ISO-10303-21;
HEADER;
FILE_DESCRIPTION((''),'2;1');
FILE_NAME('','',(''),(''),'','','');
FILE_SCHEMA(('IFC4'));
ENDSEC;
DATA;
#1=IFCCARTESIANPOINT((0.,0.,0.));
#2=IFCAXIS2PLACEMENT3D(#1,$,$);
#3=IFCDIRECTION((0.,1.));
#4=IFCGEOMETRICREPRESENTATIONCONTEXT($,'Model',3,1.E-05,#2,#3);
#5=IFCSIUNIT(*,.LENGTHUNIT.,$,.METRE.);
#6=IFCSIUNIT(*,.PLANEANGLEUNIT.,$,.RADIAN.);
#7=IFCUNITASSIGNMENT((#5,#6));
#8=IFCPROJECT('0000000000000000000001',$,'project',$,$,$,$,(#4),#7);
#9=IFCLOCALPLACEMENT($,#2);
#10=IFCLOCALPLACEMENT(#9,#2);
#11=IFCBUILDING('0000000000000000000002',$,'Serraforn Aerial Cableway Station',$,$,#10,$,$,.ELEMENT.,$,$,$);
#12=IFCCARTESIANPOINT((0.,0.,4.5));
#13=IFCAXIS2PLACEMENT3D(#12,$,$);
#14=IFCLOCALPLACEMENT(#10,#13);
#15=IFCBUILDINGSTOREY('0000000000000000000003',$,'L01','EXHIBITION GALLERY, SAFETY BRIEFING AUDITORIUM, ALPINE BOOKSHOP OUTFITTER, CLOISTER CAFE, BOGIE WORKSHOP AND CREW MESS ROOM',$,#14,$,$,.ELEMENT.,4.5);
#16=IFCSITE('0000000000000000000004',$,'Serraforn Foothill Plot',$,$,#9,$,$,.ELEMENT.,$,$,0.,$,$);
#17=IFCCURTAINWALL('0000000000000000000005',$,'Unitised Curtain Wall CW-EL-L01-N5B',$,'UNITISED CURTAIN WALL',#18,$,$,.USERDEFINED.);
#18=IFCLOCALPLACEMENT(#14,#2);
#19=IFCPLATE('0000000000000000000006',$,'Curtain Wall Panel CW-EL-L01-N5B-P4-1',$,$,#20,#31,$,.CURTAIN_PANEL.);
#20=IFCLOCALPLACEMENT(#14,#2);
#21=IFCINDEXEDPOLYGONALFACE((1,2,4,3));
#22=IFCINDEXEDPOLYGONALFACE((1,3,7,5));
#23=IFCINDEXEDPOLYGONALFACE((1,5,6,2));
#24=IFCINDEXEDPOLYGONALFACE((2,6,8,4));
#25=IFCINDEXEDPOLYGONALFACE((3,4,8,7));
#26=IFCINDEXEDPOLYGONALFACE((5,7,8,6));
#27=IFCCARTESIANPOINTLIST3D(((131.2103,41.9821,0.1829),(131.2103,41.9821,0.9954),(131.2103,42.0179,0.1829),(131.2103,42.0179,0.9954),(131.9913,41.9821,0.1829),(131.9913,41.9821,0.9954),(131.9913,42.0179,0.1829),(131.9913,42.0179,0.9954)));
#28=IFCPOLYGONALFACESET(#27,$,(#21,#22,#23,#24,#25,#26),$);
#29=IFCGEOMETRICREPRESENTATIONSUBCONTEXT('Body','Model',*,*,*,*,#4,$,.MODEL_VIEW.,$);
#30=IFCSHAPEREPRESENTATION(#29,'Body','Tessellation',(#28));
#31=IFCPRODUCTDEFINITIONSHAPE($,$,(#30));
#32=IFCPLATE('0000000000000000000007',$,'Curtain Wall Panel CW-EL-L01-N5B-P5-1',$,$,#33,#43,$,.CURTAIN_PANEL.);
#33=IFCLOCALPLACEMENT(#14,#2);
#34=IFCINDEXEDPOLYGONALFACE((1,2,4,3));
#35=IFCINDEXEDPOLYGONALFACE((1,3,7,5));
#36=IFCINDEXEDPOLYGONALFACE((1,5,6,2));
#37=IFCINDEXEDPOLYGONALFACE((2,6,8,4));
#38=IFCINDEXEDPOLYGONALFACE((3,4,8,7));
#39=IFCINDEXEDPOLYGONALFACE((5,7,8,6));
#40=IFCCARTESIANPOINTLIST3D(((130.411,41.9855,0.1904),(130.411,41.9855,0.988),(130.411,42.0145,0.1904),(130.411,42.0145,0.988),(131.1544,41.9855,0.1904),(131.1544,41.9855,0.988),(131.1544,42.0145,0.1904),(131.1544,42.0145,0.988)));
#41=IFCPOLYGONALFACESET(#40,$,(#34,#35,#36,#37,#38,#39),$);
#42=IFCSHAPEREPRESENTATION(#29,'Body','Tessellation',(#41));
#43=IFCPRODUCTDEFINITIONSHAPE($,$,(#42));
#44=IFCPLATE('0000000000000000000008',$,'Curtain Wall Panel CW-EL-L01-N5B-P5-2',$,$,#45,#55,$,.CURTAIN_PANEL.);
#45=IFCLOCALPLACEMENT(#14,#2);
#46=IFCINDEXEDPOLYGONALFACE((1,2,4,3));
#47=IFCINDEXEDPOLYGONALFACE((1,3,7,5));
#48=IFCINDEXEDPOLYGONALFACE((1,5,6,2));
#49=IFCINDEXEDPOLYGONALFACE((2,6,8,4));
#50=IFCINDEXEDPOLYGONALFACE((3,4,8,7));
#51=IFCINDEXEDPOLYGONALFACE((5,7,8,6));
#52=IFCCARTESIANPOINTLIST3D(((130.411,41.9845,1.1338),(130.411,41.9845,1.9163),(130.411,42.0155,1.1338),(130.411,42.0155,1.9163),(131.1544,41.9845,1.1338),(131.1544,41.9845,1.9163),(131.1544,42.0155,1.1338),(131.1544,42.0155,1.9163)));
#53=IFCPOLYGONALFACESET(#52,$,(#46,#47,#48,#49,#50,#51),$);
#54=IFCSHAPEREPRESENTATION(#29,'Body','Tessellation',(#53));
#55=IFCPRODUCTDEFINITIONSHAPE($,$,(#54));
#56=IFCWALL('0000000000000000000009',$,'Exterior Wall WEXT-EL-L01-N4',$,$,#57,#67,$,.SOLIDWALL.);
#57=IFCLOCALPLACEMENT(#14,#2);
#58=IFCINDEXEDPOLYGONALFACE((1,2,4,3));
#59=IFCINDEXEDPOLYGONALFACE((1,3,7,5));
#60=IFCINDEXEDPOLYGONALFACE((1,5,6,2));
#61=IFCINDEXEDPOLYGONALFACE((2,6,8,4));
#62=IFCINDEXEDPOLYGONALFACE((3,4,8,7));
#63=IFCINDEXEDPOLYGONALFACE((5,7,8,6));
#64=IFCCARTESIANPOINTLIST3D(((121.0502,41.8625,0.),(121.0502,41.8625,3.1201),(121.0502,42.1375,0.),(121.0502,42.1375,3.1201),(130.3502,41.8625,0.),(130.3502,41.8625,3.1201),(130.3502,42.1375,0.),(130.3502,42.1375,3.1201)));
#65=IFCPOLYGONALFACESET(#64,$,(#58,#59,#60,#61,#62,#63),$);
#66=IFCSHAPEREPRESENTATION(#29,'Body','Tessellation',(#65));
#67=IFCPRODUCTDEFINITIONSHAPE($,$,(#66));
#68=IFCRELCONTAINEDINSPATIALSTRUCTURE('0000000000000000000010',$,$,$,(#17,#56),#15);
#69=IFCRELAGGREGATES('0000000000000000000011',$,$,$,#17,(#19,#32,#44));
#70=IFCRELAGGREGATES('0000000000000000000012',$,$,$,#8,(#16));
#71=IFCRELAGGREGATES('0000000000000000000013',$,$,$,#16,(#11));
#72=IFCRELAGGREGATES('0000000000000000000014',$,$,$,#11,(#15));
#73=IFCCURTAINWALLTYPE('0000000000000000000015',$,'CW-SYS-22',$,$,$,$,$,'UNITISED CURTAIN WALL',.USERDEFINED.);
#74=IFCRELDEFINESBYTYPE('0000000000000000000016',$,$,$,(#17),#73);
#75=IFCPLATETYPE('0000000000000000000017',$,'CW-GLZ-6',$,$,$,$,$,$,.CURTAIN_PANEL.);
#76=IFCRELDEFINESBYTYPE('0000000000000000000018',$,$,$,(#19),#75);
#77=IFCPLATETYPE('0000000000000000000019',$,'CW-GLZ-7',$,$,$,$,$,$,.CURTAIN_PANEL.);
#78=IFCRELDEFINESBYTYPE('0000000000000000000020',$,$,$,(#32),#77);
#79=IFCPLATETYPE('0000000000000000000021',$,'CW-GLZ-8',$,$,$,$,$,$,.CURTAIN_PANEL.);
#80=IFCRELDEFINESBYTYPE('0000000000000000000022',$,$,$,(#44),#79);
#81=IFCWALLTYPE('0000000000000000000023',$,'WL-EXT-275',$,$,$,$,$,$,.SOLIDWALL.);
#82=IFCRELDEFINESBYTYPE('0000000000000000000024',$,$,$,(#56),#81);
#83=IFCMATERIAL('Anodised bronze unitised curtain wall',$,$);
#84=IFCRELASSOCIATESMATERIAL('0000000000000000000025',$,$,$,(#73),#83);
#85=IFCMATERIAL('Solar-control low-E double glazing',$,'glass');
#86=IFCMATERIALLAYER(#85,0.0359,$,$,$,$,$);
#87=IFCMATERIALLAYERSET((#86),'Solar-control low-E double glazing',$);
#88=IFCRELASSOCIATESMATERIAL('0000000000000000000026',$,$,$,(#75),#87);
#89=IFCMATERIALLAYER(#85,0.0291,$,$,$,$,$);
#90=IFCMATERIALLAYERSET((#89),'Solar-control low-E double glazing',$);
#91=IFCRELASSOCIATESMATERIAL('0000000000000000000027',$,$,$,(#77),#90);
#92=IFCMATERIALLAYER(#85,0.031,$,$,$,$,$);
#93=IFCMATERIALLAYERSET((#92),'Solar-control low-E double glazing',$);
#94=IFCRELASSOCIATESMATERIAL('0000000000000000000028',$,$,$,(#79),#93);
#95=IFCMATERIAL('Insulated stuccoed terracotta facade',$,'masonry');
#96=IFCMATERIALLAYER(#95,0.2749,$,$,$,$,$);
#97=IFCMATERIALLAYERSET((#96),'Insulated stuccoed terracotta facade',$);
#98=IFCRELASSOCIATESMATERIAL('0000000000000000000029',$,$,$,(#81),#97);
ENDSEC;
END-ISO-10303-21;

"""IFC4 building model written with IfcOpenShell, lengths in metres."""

from ifc_helpers import new_model, si_unit, direction, frame, frame_2d, origin, origin_2d, place, context, subcontext, project, spatial, rectangle, extrude, material, layer, layer_set, type_object, element, aggregate, save


model = new_model("IFC4")

# Units and contexts
model_context = context("Model", 3, precision=1e-05, world=origin(), true_north=direction((0.0, 1.0)))
body_context = subcontext(model_context, "Body", "Model", "MODEL_VIEW")
ifc_project = project(units=[si_unit("LENGTHUNIT", "METRE"), si_unit("PLANEANGLEUNIT", "RADIAN")], contexts=[model_context])

# Site, building, storey
site_placement = place(None, origin())
site = spatial("IfcSite", under=ifc_project, at=site_placement, Name="Serraforn Foothill Plot", CompositionType="ELEMENT", RefElevation=0.0)
building_placement = place(site_placement, origin())
building = spatial("IfcBuilding", under=site, at=building_placement, Name="Serraforn Aerial Cableway Station", CompositionType="ELEMENT")
storey_placement = place(building_placement, frame((0.0, 0.0, 4.5)))
storey = spatial("IfcBuildingStorey", under=building, at=storey_placement, Name="L01", Description="EXHIBITION GALLERY, SAFETY BRIEFING AUDITORIUM, ALPINE BOOKSHOP OUTFITTER, CLOISTER CAFE, BOGIE WORKSHOP AND CREW MESS ROOM", CompositionType="ELEMENT", Elevation=4.5)

# Curtain wall
ifc_material_1 = material(Name="Anodised bronze unitised curtain wall")
curtain_wall_type_1 = type_object("IfcCurtainWallType", Name="CW-SYS-22", ElementType="UNITISED CURTAIN WALL", PredefinedType="USERDEFINED", material=ifc_material_1)
curtain_wall_1_placement = place(storey_placement, origin())
curtain_wall_1 = element("IfcCurtainWall", 1, at=curtain_wall_1_placement, inside=storey, type_object=curtain_wall_type_1, Name="Unitised Curtain Wall CW-EL-L01-N5B", ObjectType="UNITISED CURTAIN WALL", PredefinedType="USERDEFINED")

# Plates
ifc_material_2 = material(Name="Solar-control low-E double glazing", Category="glass")
ifc_layer_1 = layer(ifc_material_2, 0.0359)
ifc_layer_set_1 = layer_set([ifc_layer_1], Name="Solar-control low-E double glazing")
plate_type_1 = type_object("IfcPlateType", Name="CW-GLZ-6", PredefinedType="CURTAIN_PANEL", material=ifc_layer_set_1)
plate_1_placement = place(storey_placement, frame((131.6008, 42.0, 0.1829), z_axis=(0.0, 0.0, 1.0), x_axis=(1.0, 0.0, 0.0)))
plate_1 = element("IfcPlate", 2, at=plate_1_placement, type_object=plate_type_1, Name="Curtain Wall Panel CW-EL-L01-N5B-P4-1", PredefinedType="CURTAIN_PANEL", context=body_context, shape_type="SweptSolid", body=[
    extrude(rectangle(XDim=0.781, YDim=0.0359, at=origin_2d()), origin(), (0.0, 0.0, 1.0), 0.8125),
])
ifc_layer_2 = layer(ifc_material_2, 0.0291)
ifc_layer_set_2 = layer_set([ifc_layer_2], Name="Solar-control low-E double glazing")
plate_type_2 = type_object("IfcPlateType", Name="CW-GLZ-7", PredefinedType="CURTAIN_PANEL", material=ifc_layer_set_2)
plate_2_placement = place(storey_placement, frame((130.7827, 42.0, 0.1904), z_axis=(0.0, 0.0, 1.0), x_axis=(1.0, 0.0, 0.0)))
plate_2 = element("IfcPlate", 3, at=plate_2_placement, type_object=plate_type_2, Name="Curtain Wall Panel CW-EL-L01-N5B-P5-1", PredefinedType="CURTAIN_PANEL", context=body_context, shape_type="SweptSolid", body=[
    extrude(rectangle(XDim=0.7434, YDim=0.0291, at=origin_2d()), origin(), (0.0, 0.0, 1.0), 0.7976),
])
ifc_layer_3 = layer(ifc_material_2, 0.031)
ifc_layer_set_3 = layer_set([ifc_layer_3], Name="Solar-control low-E double glazing")
plate_type_3 = type_object("IfcPlateType", Name="CW-GLZ-8", PredefinedType="CURTAIN_PANEL", material=ifc_layer_set_3)
plate_3_placement = place(storey_placement, frame((130.7827, 42.0, 1.1338), z_axis=(0.0, 0.0, 1.0), x_axis=(1.0, 0.0, 0.0)))
plate_3 = element("IfcPlate", 4, at=plate_3_placement, type_object=plate_type_3, Name="Curtain Wall Panel CW-EL-L01-N5B-P5-2", PredefinedType="CURTAIN_PANEL", context=body_context, shape_type="SweptSolid", body=[
    extrude(rectangle(XDim=0.7434, YDim=0.031, at=origin_2d()), origin(), (0.0, 0.0, 1.0), 0.7825),
])
aggregate(curtain_wall_1, [plate_1, plate_2, plate_3])

# Wall
ifc_material_3 = material(Name="Insulated stuccoed terracotta facade", Category="masonry")
ifc_layer_4 = layer(ifc_material_3, 0.2749)
ifc_layer_set_4 = layer_set([ifc_layer_4], Name="Insulated stuccoed terracotta facade")
wall_type = type_object("IfcWallType", Name="WL-EXT-275", PredefinedType="SOLIDWALL", material=ifc_layer_set_4)
wall_placement = place(storey_placement, frame((130.3501, 42.0, 0.0), z_axis=(0.0, 0.0, 1.0), x_axis=(-1.0, 0.0, 0.0)))
element("IfcWall", 5, at=wall_placement, inside=storey, type_object=wall_type, Name="Exterior Wall WEXT-EL-L01-N4", PredefinedType="SOLIDWALL", context=body_context, shape_type="SweptSolid", body=[
    extrude(rectangle(XDim=9.3, YDim=0.2749, at=frame_2d((4.6499, 0.0))), origin(), (0.0, 0.0, 1.0), 3.1201),
])

save(model, "model.ifc")
